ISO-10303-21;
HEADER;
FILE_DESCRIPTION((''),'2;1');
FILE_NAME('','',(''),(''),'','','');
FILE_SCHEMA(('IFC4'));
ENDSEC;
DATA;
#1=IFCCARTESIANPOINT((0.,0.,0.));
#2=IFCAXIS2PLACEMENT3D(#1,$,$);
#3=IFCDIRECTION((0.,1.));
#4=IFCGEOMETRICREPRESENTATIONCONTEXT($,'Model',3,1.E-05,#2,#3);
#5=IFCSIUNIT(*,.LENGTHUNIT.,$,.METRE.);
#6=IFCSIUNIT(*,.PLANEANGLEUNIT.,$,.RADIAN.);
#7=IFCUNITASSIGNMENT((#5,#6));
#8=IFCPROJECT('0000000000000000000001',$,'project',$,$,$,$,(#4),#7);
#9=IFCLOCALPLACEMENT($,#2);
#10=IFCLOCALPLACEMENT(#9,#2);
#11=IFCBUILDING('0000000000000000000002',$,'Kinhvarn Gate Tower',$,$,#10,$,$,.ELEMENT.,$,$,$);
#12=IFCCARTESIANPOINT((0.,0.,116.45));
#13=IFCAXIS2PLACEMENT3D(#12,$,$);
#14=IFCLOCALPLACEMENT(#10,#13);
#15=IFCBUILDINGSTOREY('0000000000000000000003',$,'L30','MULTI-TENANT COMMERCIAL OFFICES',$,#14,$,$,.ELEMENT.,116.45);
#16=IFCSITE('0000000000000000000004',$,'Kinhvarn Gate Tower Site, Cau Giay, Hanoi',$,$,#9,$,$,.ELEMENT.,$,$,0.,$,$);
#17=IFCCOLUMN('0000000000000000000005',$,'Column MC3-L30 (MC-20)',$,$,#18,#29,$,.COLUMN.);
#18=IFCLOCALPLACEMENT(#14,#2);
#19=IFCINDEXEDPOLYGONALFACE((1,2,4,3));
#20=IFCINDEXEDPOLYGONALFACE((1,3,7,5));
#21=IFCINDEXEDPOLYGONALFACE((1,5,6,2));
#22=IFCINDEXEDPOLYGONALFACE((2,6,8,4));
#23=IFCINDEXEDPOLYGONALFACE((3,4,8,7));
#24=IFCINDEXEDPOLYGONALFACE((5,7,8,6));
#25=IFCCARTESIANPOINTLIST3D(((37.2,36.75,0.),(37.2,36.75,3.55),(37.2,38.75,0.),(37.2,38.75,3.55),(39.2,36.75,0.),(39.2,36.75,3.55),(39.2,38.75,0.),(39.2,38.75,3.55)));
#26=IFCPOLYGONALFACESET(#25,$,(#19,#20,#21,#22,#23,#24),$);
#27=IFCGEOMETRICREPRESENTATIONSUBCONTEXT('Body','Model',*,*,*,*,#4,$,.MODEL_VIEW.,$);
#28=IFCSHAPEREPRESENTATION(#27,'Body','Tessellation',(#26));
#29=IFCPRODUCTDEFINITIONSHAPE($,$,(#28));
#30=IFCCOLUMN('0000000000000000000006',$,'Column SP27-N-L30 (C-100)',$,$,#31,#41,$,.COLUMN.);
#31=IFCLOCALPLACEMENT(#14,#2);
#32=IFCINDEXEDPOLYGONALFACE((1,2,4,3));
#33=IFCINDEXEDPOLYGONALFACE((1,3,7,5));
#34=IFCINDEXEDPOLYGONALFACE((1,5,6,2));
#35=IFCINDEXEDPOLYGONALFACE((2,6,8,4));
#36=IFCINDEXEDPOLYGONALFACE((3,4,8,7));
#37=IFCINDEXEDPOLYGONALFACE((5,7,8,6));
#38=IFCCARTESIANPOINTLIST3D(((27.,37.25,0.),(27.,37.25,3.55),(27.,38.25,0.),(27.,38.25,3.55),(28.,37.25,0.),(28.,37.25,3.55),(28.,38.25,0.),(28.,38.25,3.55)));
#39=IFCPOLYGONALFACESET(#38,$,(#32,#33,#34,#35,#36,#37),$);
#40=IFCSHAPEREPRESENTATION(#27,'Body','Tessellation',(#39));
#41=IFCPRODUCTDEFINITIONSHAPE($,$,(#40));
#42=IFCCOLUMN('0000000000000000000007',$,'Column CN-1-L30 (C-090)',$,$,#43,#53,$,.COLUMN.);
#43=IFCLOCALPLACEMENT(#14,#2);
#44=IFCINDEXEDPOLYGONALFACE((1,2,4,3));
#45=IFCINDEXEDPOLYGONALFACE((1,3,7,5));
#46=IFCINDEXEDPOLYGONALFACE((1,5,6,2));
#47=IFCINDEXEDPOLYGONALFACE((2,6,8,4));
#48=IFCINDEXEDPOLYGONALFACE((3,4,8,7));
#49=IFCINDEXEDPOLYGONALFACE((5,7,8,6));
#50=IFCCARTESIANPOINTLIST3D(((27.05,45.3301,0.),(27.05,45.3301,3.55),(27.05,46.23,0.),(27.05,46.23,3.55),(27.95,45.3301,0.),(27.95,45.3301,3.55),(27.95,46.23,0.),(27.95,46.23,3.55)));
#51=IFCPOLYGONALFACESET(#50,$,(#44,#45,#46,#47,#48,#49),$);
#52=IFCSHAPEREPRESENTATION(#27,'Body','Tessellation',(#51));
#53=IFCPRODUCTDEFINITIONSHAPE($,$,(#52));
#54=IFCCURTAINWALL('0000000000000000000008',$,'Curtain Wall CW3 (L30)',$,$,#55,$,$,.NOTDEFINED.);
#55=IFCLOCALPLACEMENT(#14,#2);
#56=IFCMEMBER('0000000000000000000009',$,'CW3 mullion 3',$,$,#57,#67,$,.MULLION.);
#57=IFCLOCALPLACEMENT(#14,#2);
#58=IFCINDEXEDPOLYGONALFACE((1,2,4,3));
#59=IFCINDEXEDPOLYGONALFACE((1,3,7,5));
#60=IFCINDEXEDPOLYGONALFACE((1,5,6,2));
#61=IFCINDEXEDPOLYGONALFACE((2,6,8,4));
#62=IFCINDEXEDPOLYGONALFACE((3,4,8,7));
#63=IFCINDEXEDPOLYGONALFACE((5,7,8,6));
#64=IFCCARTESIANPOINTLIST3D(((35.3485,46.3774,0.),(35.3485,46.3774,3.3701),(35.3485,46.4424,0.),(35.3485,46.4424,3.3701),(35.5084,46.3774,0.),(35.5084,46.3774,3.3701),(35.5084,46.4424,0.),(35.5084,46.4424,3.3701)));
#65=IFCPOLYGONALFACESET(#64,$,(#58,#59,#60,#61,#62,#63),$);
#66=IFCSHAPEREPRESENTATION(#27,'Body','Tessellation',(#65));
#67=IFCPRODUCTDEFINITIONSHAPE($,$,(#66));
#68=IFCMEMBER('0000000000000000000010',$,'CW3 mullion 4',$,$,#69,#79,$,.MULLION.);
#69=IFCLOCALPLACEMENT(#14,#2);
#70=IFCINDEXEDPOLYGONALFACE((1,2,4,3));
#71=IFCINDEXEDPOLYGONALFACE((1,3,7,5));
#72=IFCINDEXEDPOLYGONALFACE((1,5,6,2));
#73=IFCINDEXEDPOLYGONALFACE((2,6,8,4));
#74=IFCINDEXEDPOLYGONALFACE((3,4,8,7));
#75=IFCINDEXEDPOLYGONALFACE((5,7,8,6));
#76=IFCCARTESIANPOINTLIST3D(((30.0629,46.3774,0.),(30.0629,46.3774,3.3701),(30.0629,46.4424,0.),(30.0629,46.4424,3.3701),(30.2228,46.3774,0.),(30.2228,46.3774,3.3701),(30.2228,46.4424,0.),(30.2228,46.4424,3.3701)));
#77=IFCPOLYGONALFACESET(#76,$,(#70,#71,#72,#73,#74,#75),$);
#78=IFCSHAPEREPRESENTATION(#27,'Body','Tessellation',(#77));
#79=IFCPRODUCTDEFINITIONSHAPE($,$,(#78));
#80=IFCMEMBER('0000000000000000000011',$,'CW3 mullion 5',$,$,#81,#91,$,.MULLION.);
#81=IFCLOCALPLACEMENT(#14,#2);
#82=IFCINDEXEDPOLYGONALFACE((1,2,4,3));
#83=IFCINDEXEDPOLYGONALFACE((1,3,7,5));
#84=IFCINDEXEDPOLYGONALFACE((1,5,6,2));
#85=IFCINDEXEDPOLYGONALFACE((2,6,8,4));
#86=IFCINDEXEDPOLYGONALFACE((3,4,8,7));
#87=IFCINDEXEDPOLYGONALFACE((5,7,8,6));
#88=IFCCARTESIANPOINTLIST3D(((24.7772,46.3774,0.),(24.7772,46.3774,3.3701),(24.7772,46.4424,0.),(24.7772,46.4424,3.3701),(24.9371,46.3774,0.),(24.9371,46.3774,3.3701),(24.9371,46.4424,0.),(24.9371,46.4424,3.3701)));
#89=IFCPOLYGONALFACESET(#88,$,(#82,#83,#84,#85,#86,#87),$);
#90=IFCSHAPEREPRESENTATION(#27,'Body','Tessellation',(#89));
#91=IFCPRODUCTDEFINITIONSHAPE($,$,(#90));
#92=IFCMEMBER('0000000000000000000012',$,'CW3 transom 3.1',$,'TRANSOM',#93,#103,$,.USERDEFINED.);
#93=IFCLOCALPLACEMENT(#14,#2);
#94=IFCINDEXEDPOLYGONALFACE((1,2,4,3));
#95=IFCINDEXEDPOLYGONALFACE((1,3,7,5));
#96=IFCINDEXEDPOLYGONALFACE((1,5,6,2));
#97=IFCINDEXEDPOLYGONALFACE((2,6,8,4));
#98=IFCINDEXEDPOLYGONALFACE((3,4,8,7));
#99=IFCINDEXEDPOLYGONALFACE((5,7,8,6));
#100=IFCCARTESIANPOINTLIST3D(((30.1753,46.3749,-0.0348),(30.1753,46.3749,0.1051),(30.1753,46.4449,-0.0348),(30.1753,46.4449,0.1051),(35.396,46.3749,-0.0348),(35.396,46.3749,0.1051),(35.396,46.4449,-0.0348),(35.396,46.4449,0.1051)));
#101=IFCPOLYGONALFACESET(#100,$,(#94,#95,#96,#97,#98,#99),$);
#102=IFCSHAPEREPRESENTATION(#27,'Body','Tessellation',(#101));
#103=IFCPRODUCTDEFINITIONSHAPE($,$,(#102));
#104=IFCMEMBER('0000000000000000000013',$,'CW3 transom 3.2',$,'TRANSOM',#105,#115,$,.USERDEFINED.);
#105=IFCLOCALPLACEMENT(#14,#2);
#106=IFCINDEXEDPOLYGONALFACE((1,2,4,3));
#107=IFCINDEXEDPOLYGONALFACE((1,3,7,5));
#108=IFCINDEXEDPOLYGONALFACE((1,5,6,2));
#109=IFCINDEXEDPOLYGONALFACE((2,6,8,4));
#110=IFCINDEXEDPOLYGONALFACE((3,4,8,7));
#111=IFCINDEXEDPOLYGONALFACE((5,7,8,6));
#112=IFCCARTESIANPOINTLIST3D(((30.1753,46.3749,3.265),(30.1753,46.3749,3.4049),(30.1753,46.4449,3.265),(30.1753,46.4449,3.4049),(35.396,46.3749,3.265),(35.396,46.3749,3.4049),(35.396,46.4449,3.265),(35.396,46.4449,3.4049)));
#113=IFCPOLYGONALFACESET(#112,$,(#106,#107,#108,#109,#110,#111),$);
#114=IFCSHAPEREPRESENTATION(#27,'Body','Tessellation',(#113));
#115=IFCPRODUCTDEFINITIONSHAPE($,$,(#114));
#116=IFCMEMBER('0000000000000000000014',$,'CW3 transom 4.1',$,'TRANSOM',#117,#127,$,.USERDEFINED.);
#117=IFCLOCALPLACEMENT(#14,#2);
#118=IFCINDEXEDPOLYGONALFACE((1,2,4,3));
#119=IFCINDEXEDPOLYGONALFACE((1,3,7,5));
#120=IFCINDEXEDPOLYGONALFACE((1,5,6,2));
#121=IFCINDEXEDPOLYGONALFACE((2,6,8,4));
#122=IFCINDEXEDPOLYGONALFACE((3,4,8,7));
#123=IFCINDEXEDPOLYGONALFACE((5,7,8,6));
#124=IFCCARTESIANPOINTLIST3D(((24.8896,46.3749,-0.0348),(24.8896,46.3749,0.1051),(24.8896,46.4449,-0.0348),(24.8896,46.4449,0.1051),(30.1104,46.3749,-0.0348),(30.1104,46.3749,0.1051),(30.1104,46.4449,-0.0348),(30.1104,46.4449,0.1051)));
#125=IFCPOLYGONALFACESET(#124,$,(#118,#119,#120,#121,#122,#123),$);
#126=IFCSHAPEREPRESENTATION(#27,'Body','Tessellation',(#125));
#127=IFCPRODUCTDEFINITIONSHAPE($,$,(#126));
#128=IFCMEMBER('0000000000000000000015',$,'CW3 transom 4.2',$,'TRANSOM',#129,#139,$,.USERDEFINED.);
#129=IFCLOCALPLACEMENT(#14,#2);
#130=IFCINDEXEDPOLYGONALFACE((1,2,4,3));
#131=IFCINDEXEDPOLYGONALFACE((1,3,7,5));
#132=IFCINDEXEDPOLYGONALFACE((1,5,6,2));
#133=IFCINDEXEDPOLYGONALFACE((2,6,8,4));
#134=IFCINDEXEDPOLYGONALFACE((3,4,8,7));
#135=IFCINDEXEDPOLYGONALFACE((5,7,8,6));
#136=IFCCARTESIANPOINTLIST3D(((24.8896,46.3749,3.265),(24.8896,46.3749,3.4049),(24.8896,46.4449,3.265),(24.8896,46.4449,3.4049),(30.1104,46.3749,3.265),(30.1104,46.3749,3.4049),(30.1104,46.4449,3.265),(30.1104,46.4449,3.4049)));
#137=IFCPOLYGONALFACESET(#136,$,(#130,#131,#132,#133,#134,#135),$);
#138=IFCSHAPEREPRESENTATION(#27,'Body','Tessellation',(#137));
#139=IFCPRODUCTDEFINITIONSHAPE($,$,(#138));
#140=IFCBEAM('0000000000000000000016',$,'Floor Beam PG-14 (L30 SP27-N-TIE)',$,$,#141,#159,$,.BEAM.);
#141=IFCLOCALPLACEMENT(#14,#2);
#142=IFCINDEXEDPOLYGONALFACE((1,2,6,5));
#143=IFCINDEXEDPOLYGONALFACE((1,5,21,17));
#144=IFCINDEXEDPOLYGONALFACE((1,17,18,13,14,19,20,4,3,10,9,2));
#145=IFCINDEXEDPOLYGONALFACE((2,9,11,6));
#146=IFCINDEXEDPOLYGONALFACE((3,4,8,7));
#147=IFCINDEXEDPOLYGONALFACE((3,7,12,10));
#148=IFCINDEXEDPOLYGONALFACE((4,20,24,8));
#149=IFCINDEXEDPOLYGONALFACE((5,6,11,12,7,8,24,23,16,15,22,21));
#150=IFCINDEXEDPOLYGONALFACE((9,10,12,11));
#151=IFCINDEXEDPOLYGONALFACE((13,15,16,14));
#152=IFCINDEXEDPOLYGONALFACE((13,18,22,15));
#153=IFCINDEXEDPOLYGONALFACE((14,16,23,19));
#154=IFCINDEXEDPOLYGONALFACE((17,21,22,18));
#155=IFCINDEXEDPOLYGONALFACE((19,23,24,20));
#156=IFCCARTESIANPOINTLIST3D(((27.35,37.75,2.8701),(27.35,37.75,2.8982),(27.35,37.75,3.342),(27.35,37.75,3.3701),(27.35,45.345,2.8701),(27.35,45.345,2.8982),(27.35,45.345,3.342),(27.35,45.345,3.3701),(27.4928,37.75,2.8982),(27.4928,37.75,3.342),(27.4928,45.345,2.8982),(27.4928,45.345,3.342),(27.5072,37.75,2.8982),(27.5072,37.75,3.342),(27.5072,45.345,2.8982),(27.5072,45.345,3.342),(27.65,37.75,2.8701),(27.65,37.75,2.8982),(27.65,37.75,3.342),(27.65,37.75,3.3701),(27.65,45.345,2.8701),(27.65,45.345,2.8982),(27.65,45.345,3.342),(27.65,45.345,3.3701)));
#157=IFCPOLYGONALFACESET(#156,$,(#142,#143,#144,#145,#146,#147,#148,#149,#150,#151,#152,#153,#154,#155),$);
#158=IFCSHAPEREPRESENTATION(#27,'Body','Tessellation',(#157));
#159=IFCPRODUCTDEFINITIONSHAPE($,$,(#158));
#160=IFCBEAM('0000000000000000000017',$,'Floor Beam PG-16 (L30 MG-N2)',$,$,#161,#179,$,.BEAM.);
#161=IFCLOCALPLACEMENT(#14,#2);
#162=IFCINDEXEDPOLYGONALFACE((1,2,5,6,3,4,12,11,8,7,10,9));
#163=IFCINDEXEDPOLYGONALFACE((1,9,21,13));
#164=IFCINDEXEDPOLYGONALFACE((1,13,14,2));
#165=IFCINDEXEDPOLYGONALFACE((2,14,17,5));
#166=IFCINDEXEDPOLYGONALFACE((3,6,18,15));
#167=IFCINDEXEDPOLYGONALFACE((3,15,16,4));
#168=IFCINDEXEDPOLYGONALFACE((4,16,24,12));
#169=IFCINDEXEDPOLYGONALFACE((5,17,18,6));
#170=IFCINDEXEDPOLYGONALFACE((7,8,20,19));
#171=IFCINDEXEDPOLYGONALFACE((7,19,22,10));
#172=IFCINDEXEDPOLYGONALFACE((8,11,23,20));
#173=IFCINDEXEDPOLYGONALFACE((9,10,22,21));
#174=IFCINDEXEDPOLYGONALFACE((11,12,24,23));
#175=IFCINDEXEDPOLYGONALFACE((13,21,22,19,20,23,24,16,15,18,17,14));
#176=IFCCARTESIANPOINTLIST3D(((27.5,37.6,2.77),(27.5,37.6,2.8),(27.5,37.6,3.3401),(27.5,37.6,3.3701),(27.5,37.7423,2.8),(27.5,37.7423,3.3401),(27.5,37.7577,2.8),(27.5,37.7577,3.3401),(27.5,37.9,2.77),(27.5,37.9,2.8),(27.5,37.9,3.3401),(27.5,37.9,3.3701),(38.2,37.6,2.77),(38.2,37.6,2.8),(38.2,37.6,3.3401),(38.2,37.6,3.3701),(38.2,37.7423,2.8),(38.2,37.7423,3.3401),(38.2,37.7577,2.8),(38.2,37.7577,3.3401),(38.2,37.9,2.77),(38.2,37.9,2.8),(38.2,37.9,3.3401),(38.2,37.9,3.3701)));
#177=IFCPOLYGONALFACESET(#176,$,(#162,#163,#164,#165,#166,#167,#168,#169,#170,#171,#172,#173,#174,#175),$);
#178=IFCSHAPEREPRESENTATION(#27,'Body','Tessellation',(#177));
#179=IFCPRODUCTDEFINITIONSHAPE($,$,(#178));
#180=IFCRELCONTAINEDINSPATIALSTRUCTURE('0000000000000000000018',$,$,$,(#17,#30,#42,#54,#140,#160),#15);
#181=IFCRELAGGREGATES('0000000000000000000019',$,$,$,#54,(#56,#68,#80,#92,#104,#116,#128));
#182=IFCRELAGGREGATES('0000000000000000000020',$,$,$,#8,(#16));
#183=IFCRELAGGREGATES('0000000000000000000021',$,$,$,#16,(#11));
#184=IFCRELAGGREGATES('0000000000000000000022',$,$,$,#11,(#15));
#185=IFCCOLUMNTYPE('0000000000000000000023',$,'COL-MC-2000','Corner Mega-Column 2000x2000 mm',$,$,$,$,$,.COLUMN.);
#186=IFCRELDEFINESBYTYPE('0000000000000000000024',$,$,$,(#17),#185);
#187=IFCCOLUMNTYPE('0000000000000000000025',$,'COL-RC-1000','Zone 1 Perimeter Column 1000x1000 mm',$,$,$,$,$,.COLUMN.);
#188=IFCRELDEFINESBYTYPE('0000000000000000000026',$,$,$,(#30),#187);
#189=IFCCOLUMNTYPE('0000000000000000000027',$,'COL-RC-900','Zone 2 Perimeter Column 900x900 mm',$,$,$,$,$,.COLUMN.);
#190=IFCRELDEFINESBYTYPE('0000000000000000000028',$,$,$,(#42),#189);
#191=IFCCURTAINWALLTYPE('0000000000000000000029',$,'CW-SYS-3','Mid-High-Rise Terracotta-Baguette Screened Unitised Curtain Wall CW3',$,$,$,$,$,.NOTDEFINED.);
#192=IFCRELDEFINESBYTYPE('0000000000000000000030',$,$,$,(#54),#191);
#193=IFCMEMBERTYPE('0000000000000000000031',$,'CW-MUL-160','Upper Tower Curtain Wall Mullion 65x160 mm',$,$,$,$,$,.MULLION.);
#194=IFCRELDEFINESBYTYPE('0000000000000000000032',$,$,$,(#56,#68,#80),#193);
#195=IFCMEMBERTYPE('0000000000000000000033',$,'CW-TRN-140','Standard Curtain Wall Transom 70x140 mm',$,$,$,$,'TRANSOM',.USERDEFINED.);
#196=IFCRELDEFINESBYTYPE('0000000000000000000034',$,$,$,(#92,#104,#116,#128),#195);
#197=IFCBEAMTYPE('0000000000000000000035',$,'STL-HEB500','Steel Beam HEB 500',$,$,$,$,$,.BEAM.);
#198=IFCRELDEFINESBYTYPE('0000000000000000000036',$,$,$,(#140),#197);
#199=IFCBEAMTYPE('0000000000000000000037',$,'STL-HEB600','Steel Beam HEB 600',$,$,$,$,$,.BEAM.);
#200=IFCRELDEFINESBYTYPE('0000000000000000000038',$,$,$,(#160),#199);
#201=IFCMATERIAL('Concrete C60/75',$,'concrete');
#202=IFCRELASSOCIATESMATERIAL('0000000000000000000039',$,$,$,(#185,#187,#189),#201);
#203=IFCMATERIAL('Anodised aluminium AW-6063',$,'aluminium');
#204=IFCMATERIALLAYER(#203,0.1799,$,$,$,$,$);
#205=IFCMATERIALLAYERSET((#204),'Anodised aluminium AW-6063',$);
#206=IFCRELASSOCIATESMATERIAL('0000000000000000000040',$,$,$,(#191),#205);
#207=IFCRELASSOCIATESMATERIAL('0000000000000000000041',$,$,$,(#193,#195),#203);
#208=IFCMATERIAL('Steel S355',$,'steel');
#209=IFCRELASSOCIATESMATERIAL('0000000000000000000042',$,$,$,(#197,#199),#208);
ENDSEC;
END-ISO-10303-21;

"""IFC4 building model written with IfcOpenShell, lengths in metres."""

from ifc_helpers import new_model, si_unit, direction, frame, origin, origin_2d, place, context, subcontext, project, spatial, rectangle, i_section, extrude, material, layer, layer_set, material_profile, profile_set, type_object, element, aggregate, save


model = new_model("IFC4")

# Units and contexts
model_context = context("Model", 3, precision=1e-05, world=origin(), true_north=direction((0.0, 1.0)))
body_context = subcontext(model_context, "Body", "Model", "MODEL_VIEW")
ifc_project = project(units=[si_unit("LENGTHUNIT", "METRE"), si_unit("PLANEANGLEUNIT", "RADIAN")], contexts=[model_context])

# Site, building, storey
site_placement = place(None, origin())
site = spatial("IfcSite", under=ifc_project, at=site_placement, Name="Kinhvarn Gate Tower Site, Cau Giay, Hanoi", CompositionType="ELEMENT", RefElevation=0.0)
building_placement = place(site_placement, origin())
building = spatial("IfcBuilding", under=site, at=building_placement, Name="Kinhvarn Gate Tower", CompositionType="ELEMENT")
storey_placement = place(building_placement, frame((0.0, 0.0, 116.45)))
storey = spatial("IfcBuildingStorey", under=building, at=storey_placement, Name="L30", Description="MULTI-TENANT COMMERCIAL OFFICES", CompositionType="ELEMENT", Elevation=116.45)

# Columns
ifc_material_1 = material(Name="Concrete C60/75", Category="concrete")
ifc_material_profile_1 = material_profile(ifc_material_1, rectangle(XDim=2.0, YDim=2.0, at=origin_2d()), Name="RC 2000x2000")
ifc_profile_set_1 = profile_set([ifc_material_profile_1], Name="Concrete C60/75")
column_type_1 = type_object("IfcColumnType", Name="COL-MC-2000", Description="Corner Mega-Column 2000x2000 mm", PredefinedType="COLUMN", material=ifc_profile_set_1)
column_1_placement = place(storey_placement, frame((38.2, 37.75, 0.0), z_axis=(0.0, 0.0, 1.0), x_axis=(1.0, 0.0, 0.0)))
element("IfcColumn", 1, at=column_1_placement, inside=storey, type_object=column_type_1, Name="Column MC3-L30 (MC-20)", PredefinedType="COLUMN", context=body_context, shape_type="SweptSolid", body=[
    extrude(rectangle(XDim=2.0, YDim=2.0, at=origin_2d()), origin(), (0.0, 0.0, 1.0), 3.55),
])
ifc_material_profile_2 = material_profile(ifc_material_1, rectangle(XDim=1.0, YDim=1.0, at=origin_2d()), Name="RC 1000x1000")
ifc_profile_set_2 = profile_set([ifc_material_profile_2], Name="Concrete C60/75")
column_type_2 = type_object("IfcColumnType", Name="COL-RC-1000", Description="Zone 1 Perimeter Column 1000x1000 mm", PredefinedType="COLUMN", material=ifc_profile_set_2)
column_2_placement = place(storey_placement, frame((27.5, 37.75, 0.0), z_axis=(0.0, 0.0, 1.0), x_axis=(1.0, 0.0, 0.0)))
element("IfcColumn", 2, at=column_2_placement, inside=storey, type_object=column_type_2, Name="Column SP27-N-L30 (C-100)", PredefinedType="COLUMN", context=body_context, shape_type="SweptSolid", body=[
    extrude(rectangle(XDim=1.0, YDim=1.0, at=origin_2d()), origin(), (0.0, 0.0, 1.0), 3.55),
])
ifc_material_profile_3 = material_profile(ifc_material_1, rectangle(XDim=0.8999, YDim=0.8999, at=origin_2d()), Name="RC 900x900")
ifc_profile_set_3 = profile_set([ifc_material_profile_3], Name="Concrete C60/75")
column_type_3 = type_object("IfcColumnType", Name="COL-RC-900", Description="Zone 2 Perimeter Column 900x900 mm", PredefinedType="COLUMN", material=ifc_profile_set_3)
column_3_placement = place(storey_placement, frame((27.5, 45.78, 0.0), z_axis=(0.0, 0.0, 1.0), x_axis=(1.0, 0.0, 0.0)))
element("IfcColumn", 3, at=column_3_placement, inside=storey, type_object=column_type_3, Name="Column CN-1-L30 (C-090)", PredefinedType="COLUMN", context=body_context, shape_type="SweptSolid", body=[
    extrude(rectangle(XDim=0.8999, YDim=0.8999, at=origin_2d()), origin(), (0.0, 0.0, 1.0), 3.55),
])

# Curtain wall, members
ifc_material_2 = material(Name="Anodised aluminium AW-6063", Category="aluminium")
ifc_layer_1 = layer(ifc_material_2, 0.1799)
ifc_layer_set_1 = layer_set([ifc_layer_1], Name="Anodised aluminium AW-6063")
curtain_wall_type = type_object("IfcCurtainWallType", Name="CW-SYS-3", Description="Mid-High-Rise Terracotta-Baguette Screened Unitised Curtain Wall CW3", PredefinedType="NOTDEFINED", material=ifc_layer_set_1)
curtain_wall_placement = place(storey_placement, origin())
curtain_wall = element("IfcCurtainWall", 4, at=curtain_wall_placement, inside=storey, type_object=curtain_wall_type, Name="Curtain Wall CW3 (L30)", PredefinedType="NOTDEFINED")
ifc_material_profile_4 = material_profile(ifc_material_2, rectangle(XDim=0.0649, YDim=0.1599, at=origin_2d()), Name="ALU 65x160")
ifc_profile_set_4 = profile_set([ifc_material_profile_4], Name="Anodised aluminium AW-6063")
member_type_1 = type_object("IfcMemberType", Name="CW-MUL-160", Description="Upper Tower Curtain Wall Mullion 65x160 mm", PredefinedType="MULLION", material=ifc_profile_set_4)
member_1_placement = place(storey_placement, frame((35.4285, 46.4099, 0.0), z_axis=(0.0, 0.0, 1.0), x_axis=(0.0, -1.0, 0.0)))
member_1 = element("IfcMember", 5, at=member_1_placement, type_object=member_type_1, Name="CW3 mullion 3", PredefinedType="MULLION", context=body_context, shape_type="SweptSolid", body=[
    extrude(rectangle(XDim=0.0649, YDim=0.1599, at=origin_2d()), origin(), (0.0, 0.0, 1.0), 3.3701),
])
member_2_placement = place(storey_placement, frame((30.1428, 46.4099, 0.0), z_axis=(0.0, 0.0, 1.0), x_axis=(0.0, -1.0, 0.0)))
member_2 = element("IfcMember", 6, at=member_2_placement, type_object=member_type_1, Name="CW3 mullion 4", PredefinedType="MULLION", context=body_context, shape_type="SweptSolid", body=[
    extrude(rectangle(XDim=0.0649, YDim=0.1599, at=origin_2d()), origin(), (0.0, 0.0, 1.0), 3.3701),
])
member_3_placement = place(storey_placement, frame((24.8572, 46.4099, 0.0), z_axis=(0.0, 0.0, 1.0), x_axis=(0.0, -1.0, 0.0)))
member_3 = element("IfcMember", 7, at=member_3_placement, type_object=member_type_1, Name="CW3 mullion 5", PredefinedType="MULLION", context=body_context, shape_type="SweptSolid", body=[
    extrude(rectangle(XDim=0.0649, YDim=0.1599, at=origin_2d()), origin(), (0.0, 0.0, 1.0), 3.3701),
])
ifc_material_profile_5 = material_profile(ifc_material_2, rectangle(XDim=0.0701, YDim=0.1399, at=origin_2d()), Name="ALU 70x140")
ifc_profile_set_5 = profile_set([ifc_material_profile_5], Name="Anodised aluminium AW-6063")
member_type_2 = type_object("IfcMemberType", Name="CW-TRN-140", Description="Standard Curtain Wall Transom 70x140 mm", ElementType="TRANSOM", PredefinedType="USERDEFINED", material=ifc_profile_set_5)
member_4_placement = place(storey_placement, frame((35.396, 46.4099, 0.0352), z_axis=(-1.0, 0.0, 0.0), x_axis=(0.0, -1.0, 0.0)))
member_4 = element("IfcMember", 8, at=member_4_placement, type_object=member_type_2, Name="CW3 transom 3.1", ObjectType="TRANSOM", PredefinedType="USERDEFINED", context=body_context, shape_type="SweptSolid", body=[
    extrude(rectangle(XDim=0.0701, YDim=0.1399, at=origin_2d()), origin(), (0.0, 0.0, 1.0), 5.2207),
])
member_5_placement = place(storey_placement, frame((35.396, 46.4099, 3.335), z_axis=(-1.0, 0.0, 0.0), x_axis=(0.0, -1.0, 0.0)))
member_5 = element("IfcMember", 9, at=member_5_placement, type_object=member_type_2, Name="CW3 transom 3.2", ObjectType="TRANSOM", PredefinedType="USERDEFINED", context=body_context, shape_type="SweptSolid", body=[
    extrude(rectangle(XDim=0.0701, YDim=0.1399, at=origin_2d()), origin(), (0.0, 0.0, 1.0), 5.2207),
])
member_6_placement = place(storey_placement, frame((30.1104, 46.4099, 0.0352), z_axis=(-1.0, 0.0, 0.0), x_axis=(0.0, -1.0, 0.0)))
member_6 = element("IfcMember", 10, at=member_6_placement, type_object=member_type_2, Name="CW3 transom 4.1", ObjectType="TRANSOM", PredefinedType="USERDEFINED", context=body_context, shape_type="SweptSolid", body=[
    extrude(rectangle(XDim=0.0701, YDim=0.1399, at=origin_2d()), origin(), (0.0, 0.0, 1.0), 5.2207),
])
member_7_placement = place(storey_placement, frame((30.1104, 46.4099, 3.335), z_axis=(-1.0, 0.0, 0.0), x_axis=(0.0, -1.0, 0.0)))
member_7 = element("IfcMember", 11, at=member_7_placement, type_object=member_type_2, Name="CW3 transom 4.2", ObjectType="TRANSOM", PredefinedType="USERDEFINED", context=body_context, shape_type="SweptSolid", body=[
    extrude(rectangle(XDim=0.0701, YDim=0.1399, at=origin_2d()), origin(), (0.0, 0.0, 1.0), 5.2207),
])

# Beams
ifc_material_3 = material(Name="Steel S355", Category="steel")
ifc_material_profile_6 = material_profile(ifc_material_3, i_section(OverallWidth=0.3, OverallDepth=0.5, WebThickness=0.0144, FlangeThickness=0.0281, at=origin_2d()), Name="HEB 500")
ifc_profile_set_6 = profile_set([ifc_material_profile_6], Name="Steel S355")
beam_type_1 = type_object("IfcBeamType", Name="STL-HEB500", Description="Steel Beam HEB 500", PredefinedType="BEAM", material=ifc_profile_set_6)
beam_1_placement = place(storey_placement, frame((27.5, 37.75, 3.1201), z_axis=(0.0, 1.0, 0.0), x_axis=(-1.0, 0.0, 0.0)))
element("IfcBeam", 12, at=beam_1_placement, inside=storey, type_object=beam_type_1, Name="Floor Beam PG-14 (L30 SP27-N-TIE)", PredefinedType="BEAM", context=body_context, shape_type="SweptSolid", body=[
    extrude(i_section(OverallWidth=0.3, OverallDepth=0.5, WebThickness=0.0144, FlangeThickness=0.0281, at=origin_2d()), origin(), (0.0, 0.0, 1.0), 7.595),
])
ifc_material_profile_7 = material_profile(ifc_material_3, i_section(OverallWidth=0.3, OverallDepth=0.6001, WebThickness=0.0154, FlangeThickness=0.03, at=origin_2d()), Name="HEB 600")
ifc_profile_set_7 = profile_set([ifc_material_profile_7], Name="Steel S355")
beam_type_2 = type_object("IfcBeamType", Name="STL-HEB600", Description="Steel Beam HEB 600", PredefinedType="BEAM", material=ifc_profile_set_7)
beam_2_placement = place(storey_placement, frame((27.5, 37.75, 3.0701), z_axis=(1.0, 0.0, 0.0), x_axis=(0.0, 1.0, 0.0)))
element("IfcBeam", 13, at=beam_2_placement, inside=storey, type_object=beam_type_2, Name="Floor Beam PG-16 (L30 MG-N2)", PredefinedType="BEAM", context=body_context, shape_type="SweptSolid", body=[
    extrude(i_section(OverallWidth=0.3, OverallDepth=0.6001, WebThickness=0.0154, FlangeThickness=0.03, at=origin_2d()), origin(), (0.0, 0.0, 1.0), 10.7),
])

aggregate(curtain_wall, [member_1, member_2, member_3, member_4, member_5, member_6, member_7])

save(model, "model.ifc")
